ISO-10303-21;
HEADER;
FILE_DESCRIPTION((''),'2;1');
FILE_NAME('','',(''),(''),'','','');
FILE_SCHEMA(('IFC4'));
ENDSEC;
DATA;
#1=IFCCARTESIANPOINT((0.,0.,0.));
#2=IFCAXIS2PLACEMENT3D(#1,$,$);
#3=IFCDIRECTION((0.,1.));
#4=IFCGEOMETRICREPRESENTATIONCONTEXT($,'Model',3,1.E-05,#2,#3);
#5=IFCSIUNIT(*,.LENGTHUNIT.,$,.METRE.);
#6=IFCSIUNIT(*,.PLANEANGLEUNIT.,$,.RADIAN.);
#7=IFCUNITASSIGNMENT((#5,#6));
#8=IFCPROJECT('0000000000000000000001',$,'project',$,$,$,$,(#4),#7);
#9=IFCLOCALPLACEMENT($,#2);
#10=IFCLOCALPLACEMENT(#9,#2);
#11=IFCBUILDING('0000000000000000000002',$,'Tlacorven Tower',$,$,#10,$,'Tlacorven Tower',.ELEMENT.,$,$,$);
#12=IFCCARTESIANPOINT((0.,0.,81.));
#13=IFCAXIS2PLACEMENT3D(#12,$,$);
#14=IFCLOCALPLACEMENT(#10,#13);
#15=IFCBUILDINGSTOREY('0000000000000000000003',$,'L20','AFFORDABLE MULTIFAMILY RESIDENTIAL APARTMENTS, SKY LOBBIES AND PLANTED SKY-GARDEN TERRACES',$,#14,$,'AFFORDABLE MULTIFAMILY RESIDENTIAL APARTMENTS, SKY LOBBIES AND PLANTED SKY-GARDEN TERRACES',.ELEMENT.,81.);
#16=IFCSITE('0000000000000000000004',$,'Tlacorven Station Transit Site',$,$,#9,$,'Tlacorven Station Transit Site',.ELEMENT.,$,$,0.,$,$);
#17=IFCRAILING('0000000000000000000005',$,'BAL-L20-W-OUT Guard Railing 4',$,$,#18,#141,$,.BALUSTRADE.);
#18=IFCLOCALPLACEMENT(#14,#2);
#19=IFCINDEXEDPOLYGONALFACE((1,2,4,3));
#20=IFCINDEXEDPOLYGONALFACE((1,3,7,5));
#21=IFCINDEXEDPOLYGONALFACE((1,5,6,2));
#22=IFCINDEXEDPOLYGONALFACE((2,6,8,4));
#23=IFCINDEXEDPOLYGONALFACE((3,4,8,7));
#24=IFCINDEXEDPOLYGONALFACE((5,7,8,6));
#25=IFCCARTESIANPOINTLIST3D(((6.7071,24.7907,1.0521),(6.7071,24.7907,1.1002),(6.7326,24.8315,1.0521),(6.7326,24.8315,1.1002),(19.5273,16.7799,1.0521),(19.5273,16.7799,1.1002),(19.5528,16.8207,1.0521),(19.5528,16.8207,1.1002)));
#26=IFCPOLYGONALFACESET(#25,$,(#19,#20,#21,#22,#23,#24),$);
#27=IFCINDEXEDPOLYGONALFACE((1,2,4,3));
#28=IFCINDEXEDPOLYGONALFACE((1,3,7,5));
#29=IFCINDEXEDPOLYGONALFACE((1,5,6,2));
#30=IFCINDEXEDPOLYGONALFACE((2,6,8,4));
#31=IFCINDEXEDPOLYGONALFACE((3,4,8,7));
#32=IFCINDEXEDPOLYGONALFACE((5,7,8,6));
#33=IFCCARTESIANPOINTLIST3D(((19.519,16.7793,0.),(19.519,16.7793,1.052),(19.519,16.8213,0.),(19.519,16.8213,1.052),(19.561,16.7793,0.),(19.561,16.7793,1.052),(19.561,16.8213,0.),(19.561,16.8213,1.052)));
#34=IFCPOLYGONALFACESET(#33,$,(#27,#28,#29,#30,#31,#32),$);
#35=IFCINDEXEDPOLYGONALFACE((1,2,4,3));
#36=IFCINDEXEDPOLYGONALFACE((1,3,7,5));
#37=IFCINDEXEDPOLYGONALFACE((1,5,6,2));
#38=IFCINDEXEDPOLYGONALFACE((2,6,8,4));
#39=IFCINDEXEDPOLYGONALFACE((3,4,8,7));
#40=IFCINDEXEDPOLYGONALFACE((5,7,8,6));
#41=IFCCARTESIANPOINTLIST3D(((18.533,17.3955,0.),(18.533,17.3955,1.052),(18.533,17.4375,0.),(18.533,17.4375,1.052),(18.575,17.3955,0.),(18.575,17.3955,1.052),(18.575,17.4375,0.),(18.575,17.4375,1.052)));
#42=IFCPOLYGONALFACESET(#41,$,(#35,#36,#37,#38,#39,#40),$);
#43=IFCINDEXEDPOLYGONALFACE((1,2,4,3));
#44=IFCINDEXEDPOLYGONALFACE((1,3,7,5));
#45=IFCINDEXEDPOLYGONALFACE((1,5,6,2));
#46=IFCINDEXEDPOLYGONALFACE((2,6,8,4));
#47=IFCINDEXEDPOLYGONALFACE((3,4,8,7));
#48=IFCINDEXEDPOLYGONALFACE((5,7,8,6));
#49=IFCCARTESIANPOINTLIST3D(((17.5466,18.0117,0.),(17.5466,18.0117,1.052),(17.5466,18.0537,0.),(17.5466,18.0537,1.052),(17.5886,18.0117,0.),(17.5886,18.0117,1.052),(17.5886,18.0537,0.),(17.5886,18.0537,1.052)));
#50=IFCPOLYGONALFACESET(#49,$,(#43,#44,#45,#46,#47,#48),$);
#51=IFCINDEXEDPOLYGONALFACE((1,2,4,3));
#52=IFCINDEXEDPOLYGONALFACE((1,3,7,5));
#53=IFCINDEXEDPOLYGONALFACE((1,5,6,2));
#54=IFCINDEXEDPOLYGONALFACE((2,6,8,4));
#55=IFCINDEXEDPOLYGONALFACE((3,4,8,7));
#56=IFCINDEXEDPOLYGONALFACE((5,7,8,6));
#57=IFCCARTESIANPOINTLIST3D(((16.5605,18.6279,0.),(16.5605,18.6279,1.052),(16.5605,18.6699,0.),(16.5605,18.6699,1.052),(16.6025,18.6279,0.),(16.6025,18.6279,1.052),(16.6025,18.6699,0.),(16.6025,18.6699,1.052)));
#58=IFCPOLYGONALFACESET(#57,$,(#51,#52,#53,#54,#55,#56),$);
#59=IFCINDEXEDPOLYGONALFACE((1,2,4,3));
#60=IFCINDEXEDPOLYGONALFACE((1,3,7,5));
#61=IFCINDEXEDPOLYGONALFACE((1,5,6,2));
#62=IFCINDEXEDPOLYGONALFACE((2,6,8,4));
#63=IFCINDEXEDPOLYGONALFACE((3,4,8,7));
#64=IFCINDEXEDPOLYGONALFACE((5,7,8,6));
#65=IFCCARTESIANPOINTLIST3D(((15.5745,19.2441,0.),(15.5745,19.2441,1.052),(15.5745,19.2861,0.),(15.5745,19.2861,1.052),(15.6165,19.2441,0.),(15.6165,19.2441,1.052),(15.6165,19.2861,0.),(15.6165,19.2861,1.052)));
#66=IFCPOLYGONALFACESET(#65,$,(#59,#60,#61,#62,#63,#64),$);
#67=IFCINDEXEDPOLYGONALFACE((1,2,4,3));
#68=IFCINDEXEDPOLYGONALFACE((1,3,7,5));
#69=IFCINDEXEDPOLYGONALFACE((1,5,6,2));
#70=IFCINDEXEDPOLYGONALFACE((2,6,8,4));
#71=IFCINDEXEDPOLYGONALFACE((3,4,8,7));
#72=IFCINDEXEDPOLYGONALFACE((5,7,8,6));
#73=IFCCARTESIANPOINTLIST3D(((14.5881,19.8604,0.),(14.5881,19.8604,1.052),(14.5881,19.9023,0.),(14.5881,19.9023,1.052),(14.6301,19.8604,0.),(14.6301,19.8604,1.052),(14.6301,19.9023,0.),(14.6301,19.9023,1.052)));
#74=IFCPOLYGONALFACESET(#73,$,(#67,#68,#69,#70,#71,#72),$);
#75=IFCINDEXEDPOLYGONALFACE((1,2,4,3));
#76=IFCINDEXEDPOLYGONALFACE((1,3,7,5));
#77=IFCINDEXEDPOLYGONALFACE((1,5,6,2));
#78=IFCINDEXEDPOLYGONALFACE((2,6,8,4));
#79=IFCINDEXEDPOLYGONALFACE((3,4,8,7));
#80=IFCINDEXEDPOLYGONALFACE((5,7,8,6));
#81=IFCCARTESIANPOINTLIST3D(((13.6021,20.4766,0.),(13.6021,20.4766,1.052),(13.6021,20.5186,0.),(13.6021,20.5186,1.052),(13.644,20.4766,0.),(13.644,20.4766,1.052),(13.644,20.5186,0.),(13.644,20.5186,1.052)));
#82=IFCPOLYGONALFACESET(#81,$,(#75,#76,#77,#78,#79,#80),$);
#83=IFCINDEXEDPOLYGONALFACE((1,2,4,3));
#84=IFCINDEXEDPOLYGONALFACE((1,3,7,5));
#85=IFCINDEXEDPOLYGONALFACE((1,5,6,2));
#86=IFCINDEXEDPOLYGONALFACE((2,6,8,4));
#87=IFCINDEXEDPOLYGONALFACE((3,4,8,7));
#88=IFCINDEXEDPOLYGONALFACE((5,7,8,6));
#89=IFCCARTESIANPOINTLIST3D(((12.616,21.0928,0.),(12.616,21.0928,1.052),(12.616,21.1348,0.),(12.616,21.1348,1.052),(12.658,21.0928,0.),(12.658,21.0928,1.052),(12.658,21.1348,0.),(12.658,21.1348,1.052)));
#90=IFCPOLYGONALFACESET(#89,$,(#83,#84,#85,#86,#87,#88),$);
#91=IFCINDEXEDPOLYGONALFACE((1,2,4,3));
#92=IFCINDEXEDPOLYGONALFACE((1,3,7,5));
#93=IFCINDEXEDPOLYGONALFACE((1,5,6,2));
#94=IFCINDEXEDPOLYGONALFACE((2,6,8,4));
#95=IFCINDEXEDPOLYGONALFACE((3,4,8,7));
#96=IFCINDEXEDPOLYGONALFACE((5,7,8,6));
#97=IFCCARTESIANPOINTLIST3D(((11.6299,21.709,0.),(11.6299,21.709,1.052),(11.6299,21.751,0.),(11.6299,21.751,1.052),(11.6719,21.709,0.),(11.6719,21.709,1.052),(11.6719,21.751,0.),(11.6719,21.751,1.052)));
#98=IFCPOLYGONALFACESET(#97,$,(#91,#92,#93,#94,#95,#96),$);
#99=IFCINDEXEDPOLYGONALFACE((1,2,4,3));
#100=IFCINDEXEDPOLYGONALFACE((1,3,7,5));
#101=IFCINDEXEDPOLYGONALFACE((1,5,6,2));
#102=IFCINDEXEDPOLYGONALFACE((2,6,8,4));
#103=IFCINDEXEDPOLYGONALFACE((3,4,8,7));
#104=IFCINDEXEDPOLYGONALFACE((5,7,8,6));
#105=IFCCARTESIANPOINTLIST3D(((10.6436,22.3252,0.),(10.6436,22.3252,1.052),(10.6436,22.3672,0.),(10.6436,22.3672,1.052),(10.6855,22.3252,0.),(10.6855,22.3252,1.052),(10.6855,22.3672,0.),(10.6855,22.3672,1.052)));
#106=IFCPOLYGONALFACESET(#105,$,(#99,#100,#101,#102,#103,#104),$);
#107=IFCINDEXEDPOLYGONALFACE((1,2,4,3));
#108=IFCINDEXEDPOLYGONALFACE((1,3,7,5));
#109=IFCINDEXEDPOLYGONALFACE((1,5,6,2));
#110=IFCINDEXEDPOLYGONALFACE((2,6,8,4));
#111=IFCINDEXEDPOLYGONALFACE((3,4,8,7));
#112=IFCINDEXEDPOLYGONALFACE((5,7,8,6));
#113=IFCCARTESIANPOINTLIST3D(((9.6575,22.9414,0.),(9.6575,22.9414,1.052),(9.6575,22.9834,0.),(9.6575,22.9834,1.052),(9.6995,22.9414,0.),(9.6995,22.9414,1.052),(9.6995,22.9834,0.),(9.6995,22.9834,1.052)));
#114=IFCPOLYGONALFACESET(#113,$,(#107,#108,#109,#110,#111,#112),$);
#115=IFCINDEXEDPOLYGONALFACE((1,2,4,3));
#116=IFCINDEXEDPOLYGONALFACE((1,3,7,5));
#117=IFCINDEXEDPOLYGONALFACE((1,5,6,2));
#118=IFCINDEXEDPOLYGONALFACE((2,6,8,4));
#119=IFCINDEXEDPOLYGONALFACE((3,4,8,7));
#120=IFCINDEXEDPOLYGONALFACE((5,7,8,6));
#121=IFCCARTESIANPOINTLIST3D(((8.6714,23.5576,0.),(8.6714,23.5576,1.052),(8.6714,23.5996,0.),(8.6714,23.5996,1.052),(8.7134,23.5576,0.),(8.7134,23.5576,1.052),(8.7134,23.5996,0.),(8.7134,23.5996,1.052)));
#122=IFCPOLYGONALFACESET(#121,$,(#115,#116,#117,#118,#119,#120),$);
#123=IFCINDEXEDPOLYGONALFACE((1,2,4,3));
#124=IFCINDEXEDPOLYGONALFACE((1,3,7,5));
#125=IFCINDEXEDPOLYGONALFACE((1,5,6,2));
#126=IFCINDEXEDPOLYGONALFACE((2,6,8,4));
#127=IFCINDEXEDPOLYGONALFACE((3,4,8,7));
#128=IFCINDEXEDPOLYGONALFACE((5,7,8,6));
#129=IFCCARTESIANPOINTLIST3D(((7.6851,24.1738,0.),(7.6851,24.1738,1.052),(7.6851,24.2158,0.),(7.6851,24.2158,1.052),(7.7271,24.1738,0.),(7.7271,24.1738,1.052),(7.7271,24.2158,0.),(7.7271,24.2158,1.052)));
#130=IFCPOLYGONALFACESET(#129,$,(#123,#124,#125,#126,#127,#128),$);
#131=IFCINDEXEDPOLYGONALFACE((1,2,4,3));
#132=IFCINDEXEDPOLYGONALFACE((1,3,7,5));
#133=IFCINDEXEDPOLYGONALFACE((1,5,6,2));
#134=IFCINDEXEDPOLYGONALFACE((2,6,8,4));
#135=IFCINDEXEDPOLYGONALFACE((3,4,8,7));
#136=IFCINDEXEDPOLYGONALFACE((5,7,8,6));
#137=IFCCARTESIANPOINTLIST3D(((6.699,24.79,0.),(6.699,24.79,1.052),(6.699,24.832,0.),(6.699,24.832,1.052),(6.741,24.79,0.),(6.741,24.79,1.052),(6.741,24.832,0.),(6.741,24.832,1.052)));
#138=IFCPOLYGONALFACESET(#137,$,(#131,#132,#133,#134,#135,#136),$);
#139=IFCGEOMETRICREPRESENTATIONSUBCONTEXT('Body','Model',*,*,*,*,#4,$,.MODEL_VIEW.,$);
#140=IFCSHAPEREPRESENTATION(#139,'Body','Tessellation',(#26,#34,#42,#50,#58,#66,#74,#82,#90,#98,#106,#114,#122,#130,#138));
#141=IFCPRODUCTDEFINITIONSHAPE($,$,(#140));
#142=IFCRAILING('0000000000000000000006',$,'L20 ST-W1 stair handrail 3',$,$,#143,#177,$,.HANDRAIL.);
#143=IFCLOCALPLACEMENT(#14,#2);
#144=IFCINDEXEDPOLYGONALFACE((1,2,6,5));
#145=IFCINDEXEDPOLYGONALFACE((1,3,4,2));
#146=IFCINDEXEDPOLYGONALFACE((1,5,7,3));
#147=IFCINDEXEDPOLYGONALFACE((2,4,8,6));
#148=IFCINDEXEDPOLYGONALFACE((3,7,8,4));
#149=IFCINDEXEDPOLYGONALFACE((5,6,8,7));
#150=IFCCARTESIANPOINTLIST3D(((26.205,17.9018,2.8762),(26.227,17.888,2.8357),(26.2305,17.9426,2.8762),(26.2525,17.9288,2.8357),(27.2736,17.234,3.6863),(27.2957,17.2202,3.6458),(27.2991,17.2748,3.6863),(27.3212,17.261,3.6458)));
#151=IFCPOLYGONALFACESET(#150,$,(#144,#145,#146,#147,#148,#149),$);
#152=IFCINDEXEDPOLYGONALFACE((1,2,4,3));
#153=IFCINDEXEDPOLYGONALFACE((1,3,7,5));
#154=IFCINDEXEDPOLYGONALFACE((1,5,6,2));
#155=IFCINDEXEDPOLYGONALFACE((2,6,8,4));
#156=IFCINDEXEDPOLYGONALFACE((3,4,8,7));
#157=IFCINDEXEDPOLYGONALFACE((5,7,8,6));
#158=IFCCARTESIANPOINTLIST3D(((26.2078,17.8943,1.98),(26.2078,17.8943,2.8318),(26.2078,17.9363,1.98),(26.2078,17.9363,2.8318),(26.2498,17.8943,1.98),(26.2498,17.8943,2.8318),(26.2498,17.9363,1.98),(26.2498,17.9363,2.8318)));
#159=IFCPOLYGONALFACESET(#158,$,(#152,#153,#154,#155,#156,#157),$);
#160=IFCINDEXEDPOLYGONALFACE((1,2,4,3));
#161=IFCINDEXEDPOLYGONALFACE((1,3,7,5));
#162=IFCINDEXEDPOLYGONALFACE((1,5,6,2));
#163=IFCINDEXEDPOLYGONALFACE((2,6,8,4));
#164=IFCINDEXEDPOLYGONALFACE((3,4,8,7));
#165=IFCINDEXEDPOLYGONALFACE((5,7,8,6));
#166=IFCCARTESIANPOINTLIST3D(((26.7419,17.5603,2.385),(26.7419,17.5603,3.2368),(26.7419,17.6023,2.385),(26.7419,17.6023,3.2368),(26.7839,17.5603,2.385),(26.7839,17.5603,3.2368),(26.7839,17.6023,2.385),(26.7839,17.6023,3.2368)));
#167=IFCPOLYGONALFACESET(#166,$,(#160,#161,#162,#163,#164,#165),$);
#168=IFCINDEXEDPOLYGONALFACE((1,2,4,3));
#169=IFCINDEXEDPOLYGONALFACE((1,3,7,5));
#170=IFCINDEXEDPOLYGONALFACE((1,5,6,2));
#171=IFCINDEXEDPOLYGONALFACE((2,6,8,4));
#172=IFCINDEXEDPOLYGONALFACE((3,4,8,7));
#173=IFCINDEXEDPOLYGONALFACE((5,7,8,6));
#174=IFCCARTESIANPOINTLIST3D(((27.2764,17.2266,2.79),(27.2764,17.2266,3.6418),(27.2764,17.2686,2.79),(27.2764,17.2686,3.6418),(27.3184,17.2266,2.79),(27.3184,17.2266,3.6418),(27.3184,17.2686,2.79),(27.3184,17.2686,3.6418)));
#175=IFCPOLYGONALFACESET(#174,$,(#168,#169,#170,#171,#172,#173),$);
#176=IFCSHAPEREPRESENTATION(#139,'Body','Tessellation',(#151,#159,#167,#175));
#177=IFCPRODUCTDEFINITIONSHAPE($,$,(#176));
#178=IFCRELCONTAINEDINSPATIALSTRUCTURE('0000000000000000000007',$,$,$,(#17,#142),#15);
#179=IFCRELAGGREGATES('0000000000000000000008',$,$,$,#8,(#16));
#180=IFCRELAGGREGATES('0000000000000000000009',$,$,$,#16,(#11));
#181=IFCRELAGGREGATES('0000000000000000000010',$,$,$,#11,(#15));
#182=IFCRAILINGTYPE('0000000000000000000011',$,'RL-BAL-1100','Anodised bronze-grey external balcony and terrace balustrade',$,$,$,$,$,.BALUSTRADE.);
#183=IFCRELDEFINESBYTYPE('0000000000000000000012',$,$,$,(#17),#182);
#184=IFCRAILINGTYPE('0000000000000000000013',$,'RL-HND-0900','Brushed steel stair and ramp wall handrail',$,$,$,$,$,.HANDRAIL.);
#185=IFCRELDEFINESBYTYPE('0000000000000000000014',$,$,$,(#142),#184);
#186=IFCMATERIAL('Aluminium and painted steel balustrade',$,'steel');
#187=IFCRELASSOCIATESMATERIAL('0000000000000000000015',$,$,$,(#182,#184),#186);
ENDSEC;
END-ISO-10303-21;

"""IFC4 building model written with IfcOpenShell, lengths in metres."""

from ifc_helpers import new_model, si_unit, direction, frame, origin, origin_2d, place, context, subcontext, project, spatial, rectangle, extrude, source, transform, mapped, material, type_object, element, save


model = new_model("IFC4")

# Units and contexts
model_context = context("Model", 3, precision=1e-05, world=origin(), true_north=direction((0.0, 1.0)))
body_context = subcontext(model_context, "Body", "Model", "MODEL_VIEW")
ifc_project = project(units=[si_unit("LENGTHUNIT", "METRE"), si_unit("PLANEANGLEUNIT", "RADIAN")], contexts=[model_context])

# Site, building, storey
site_placement = place(None, origin())
site = spatial("IfcSite", under=ifc_project, at=site_placement, Name="Tlacorven Station Transit Site", LongName="Tlacorven Station Transit Site", CompositionType="ELEMENT", RefElevation=0.0)
building_placement = place(site_placement, origin())
building = spatial("IfcBuilding", under=site, at=building_placement, Name="Tlacorven Tower", LongName="Tlacorven Tower", CompositionType="ELEMENT")
storey_placement = place(building_placement, frame((0.0, 0.0, 81.0)))
storey = spatial("IfcBuildingStorey", under=building, at=storey_placement, Name="L20", Description="AFFORDABLE MULTIFAMILY RESIDENTIAL APARTMENTS, SKY LOBBIES AND PLANTED SKY-GARDEN TERRACES", LongName="AFFORDABLE MULTIFAMILY RESIDENTIAL APARTMENTS, SKY LOBBIES AND PLANTED SKY-GARDEN TERRACES", CompositionType="ELEMENT", Elevation=81.0)

# Shared definitions
ifc_material_1 = material(Name="Aluminium and painted steel balustrade", Category="steel")
railing_type_1 = type_object("IfcRailingType", Name="RL-BAL-1100", Description="Anodised bronze-grey external balcony and terrace balustrade", PredefinedType="BALUSTRADE", material=ifc_material_1)

# Railings
shared_shape_1 = source(origin(), body_context, "Body", "SweptSolid", [
    extrude(rectangle(XDim=0.0481, YDim=0.0481, at=origin_2d()), frame((0.0, 0.0, 1.0762), z_axis=(-0.848052, 0.529913, 0.0), x_axis=(-0.529913, -0.848052, 0.0)), (0.0, 0.0, 1.0), 15.1172),
    extrude(rectangle(XDim=0.042, YDim=0.042, at=origin_2d()), origin(), (0.0, 0.0, 1.0), 1.052),
    extrude(rectangle(XDim=0.042, YDim=0.042, at=origin_2d()), frame((-0.9861, 0.6162, 0.0)), (0.0, 0.0, 1.0), 1.052),
    extrude(rectangle(XDim=0.042, YDim=0.042, at=origin_2d()), frame((-1.9724, 1.2324, 0.0)), (0.0, 0.0, 1.0), 1.052),
    extrude(rectangle(XDim=0.042, YDim=0.042, at=origin_2d()), frame((-2.9585, 1.8486, 0.0)), (0.0, 0.0, 1.0), 1.052),
    extrude(rectangle(XDim=0.042, YDim=0.042, at=origin_2d()), frame((-3.9446, 2.4648, 0.0)), (0.0, 0.0, 1.0), 1.052),
    extrude(rectangle(XDim=0.042, YDim=0.042, at=origin_2d()), frame((-4.9309, 3.0811, 0.0)), (0.0, 0.0, 1.0), 1.052),
    extrude(rectangle(XDim=0.042, YDim=0.042, at=origin_2d()), frame((-5.917, 3.6973, 0.0)), (0.0, 0.0, 1.0), 1.052),
    extrude(rectangle(XDim=0.042, YDim=0.042, at=origin_2d()), frame((-6.9031, 4.3135, 0.0)), (0.0, 0.0, 1.0), 1.052),
    extrude(rectangle(XDim=0.042, YDim=0.042, at=origin_2d()), frame((-7.8892, 4.9297, 0.0)), (0.0, 0.0, 1.0), 1.052),
    extrude(rectangle(XDim=0.042, YDim=0.042, at=origin_2d()), frame((-8.8755, 5.5459, 0.0)), (0.0, 0.0, 1.0), 1.052),
    extrude(rectangle(XDim=0.042, YDim=0.042, at=origin_2d()), frame((-9.8616, 6.1621, 0.0)), (0.0, 0.0, 1.0), 1.052),
    extrude(rectangle(XDim=0.042, YDim=0.042, at=origin_2d()), frame((-10.8477, 6.7783, 0.0)), (0.0, 0.0, 1.0), 1.052),
    extrude(rectangle(XDim=0.042, YDim=0.042, at=origin_2d()), frame((-11.834, 7.3945, 0.0)), (0.0, 0.0, 1.0), 1.052),
    extrude(rectangle(XDim=0.042, YDim=0.042, at=origin_2d()), frame((-12.8201, 8.0107, 0.0)), (0.0, 0.0, 1.0), 1.052),
])
railing_1_placement = place(storey_placement, frame((19.54, 16.8003, 0.0)))
element("IfcRailing", 1, at=railing_1_placement, inside=storey, type_object=railing_type_1, Name="BAL-L20-W-OUT Guard Railing 4", PredefinedType="BALUSTRADE", context=body_context, shape_type="MappedRepresentation", body=[
    mapped(shared_shape_1, transform((0.0, 0.0, 0.0), scale=1.0)),
])
railing_type_2 = type_object("IfcRailingType", Name="RL-HND-0900", Description="Brushed steel stair and ramp wall handrail", PredefinedType="HANDRAIL", material=ifc_material_1)
shared_shape_2 = source(origin(), body_context, "Body", "SweptSolid", [
    extrude(rectangle(XDim=0.0481, YDim=0.0481, at=origin_2d()), frame((0.0, 0.0, 0.876), z_axis=(0.71336, -0.445748, 0.540765), x_axis=(0.529912, 0.848053, 0.0)), (0.0, 0.0, 1.0), 1.498),
    extrude(rectangle(XDim=0.042, YDim=0.042, at=origin_2d()), origin(), (0.0, 0.0, 1.0), 0.8518),
    extrude(rectangle(XDim=0.042, YDim=0.042, at=origin_2d()), frame((0.5342, -0.334, 0.405)), (0.0, 0.0, 1.0), 0.8518),
    extrude(rectangle(XDim=0.042, YDim=0.042, at=origin_2d()), frame((1.0686, -0.6677, 0.8101)), (0.0, 0.0, 1.0), 0.8518),
])
railing_2_placement = place(storey_placement, frame((26.2288, 17.9153, 1.98)))
element("IfcRailing", 2, at=railing_2_placement, inside=storey, type_object=railing_type_2, Name="L20 ST-W1 stair handrail 3", PredefinedType="HANDRAIL", context=body_context, shape_type="MappedRepresentation", body=[
    mapped(shared_shape_2, transform((0.0, 0.0, 0.0), scale=1.0)),
])

save(model, "model.ifc")
